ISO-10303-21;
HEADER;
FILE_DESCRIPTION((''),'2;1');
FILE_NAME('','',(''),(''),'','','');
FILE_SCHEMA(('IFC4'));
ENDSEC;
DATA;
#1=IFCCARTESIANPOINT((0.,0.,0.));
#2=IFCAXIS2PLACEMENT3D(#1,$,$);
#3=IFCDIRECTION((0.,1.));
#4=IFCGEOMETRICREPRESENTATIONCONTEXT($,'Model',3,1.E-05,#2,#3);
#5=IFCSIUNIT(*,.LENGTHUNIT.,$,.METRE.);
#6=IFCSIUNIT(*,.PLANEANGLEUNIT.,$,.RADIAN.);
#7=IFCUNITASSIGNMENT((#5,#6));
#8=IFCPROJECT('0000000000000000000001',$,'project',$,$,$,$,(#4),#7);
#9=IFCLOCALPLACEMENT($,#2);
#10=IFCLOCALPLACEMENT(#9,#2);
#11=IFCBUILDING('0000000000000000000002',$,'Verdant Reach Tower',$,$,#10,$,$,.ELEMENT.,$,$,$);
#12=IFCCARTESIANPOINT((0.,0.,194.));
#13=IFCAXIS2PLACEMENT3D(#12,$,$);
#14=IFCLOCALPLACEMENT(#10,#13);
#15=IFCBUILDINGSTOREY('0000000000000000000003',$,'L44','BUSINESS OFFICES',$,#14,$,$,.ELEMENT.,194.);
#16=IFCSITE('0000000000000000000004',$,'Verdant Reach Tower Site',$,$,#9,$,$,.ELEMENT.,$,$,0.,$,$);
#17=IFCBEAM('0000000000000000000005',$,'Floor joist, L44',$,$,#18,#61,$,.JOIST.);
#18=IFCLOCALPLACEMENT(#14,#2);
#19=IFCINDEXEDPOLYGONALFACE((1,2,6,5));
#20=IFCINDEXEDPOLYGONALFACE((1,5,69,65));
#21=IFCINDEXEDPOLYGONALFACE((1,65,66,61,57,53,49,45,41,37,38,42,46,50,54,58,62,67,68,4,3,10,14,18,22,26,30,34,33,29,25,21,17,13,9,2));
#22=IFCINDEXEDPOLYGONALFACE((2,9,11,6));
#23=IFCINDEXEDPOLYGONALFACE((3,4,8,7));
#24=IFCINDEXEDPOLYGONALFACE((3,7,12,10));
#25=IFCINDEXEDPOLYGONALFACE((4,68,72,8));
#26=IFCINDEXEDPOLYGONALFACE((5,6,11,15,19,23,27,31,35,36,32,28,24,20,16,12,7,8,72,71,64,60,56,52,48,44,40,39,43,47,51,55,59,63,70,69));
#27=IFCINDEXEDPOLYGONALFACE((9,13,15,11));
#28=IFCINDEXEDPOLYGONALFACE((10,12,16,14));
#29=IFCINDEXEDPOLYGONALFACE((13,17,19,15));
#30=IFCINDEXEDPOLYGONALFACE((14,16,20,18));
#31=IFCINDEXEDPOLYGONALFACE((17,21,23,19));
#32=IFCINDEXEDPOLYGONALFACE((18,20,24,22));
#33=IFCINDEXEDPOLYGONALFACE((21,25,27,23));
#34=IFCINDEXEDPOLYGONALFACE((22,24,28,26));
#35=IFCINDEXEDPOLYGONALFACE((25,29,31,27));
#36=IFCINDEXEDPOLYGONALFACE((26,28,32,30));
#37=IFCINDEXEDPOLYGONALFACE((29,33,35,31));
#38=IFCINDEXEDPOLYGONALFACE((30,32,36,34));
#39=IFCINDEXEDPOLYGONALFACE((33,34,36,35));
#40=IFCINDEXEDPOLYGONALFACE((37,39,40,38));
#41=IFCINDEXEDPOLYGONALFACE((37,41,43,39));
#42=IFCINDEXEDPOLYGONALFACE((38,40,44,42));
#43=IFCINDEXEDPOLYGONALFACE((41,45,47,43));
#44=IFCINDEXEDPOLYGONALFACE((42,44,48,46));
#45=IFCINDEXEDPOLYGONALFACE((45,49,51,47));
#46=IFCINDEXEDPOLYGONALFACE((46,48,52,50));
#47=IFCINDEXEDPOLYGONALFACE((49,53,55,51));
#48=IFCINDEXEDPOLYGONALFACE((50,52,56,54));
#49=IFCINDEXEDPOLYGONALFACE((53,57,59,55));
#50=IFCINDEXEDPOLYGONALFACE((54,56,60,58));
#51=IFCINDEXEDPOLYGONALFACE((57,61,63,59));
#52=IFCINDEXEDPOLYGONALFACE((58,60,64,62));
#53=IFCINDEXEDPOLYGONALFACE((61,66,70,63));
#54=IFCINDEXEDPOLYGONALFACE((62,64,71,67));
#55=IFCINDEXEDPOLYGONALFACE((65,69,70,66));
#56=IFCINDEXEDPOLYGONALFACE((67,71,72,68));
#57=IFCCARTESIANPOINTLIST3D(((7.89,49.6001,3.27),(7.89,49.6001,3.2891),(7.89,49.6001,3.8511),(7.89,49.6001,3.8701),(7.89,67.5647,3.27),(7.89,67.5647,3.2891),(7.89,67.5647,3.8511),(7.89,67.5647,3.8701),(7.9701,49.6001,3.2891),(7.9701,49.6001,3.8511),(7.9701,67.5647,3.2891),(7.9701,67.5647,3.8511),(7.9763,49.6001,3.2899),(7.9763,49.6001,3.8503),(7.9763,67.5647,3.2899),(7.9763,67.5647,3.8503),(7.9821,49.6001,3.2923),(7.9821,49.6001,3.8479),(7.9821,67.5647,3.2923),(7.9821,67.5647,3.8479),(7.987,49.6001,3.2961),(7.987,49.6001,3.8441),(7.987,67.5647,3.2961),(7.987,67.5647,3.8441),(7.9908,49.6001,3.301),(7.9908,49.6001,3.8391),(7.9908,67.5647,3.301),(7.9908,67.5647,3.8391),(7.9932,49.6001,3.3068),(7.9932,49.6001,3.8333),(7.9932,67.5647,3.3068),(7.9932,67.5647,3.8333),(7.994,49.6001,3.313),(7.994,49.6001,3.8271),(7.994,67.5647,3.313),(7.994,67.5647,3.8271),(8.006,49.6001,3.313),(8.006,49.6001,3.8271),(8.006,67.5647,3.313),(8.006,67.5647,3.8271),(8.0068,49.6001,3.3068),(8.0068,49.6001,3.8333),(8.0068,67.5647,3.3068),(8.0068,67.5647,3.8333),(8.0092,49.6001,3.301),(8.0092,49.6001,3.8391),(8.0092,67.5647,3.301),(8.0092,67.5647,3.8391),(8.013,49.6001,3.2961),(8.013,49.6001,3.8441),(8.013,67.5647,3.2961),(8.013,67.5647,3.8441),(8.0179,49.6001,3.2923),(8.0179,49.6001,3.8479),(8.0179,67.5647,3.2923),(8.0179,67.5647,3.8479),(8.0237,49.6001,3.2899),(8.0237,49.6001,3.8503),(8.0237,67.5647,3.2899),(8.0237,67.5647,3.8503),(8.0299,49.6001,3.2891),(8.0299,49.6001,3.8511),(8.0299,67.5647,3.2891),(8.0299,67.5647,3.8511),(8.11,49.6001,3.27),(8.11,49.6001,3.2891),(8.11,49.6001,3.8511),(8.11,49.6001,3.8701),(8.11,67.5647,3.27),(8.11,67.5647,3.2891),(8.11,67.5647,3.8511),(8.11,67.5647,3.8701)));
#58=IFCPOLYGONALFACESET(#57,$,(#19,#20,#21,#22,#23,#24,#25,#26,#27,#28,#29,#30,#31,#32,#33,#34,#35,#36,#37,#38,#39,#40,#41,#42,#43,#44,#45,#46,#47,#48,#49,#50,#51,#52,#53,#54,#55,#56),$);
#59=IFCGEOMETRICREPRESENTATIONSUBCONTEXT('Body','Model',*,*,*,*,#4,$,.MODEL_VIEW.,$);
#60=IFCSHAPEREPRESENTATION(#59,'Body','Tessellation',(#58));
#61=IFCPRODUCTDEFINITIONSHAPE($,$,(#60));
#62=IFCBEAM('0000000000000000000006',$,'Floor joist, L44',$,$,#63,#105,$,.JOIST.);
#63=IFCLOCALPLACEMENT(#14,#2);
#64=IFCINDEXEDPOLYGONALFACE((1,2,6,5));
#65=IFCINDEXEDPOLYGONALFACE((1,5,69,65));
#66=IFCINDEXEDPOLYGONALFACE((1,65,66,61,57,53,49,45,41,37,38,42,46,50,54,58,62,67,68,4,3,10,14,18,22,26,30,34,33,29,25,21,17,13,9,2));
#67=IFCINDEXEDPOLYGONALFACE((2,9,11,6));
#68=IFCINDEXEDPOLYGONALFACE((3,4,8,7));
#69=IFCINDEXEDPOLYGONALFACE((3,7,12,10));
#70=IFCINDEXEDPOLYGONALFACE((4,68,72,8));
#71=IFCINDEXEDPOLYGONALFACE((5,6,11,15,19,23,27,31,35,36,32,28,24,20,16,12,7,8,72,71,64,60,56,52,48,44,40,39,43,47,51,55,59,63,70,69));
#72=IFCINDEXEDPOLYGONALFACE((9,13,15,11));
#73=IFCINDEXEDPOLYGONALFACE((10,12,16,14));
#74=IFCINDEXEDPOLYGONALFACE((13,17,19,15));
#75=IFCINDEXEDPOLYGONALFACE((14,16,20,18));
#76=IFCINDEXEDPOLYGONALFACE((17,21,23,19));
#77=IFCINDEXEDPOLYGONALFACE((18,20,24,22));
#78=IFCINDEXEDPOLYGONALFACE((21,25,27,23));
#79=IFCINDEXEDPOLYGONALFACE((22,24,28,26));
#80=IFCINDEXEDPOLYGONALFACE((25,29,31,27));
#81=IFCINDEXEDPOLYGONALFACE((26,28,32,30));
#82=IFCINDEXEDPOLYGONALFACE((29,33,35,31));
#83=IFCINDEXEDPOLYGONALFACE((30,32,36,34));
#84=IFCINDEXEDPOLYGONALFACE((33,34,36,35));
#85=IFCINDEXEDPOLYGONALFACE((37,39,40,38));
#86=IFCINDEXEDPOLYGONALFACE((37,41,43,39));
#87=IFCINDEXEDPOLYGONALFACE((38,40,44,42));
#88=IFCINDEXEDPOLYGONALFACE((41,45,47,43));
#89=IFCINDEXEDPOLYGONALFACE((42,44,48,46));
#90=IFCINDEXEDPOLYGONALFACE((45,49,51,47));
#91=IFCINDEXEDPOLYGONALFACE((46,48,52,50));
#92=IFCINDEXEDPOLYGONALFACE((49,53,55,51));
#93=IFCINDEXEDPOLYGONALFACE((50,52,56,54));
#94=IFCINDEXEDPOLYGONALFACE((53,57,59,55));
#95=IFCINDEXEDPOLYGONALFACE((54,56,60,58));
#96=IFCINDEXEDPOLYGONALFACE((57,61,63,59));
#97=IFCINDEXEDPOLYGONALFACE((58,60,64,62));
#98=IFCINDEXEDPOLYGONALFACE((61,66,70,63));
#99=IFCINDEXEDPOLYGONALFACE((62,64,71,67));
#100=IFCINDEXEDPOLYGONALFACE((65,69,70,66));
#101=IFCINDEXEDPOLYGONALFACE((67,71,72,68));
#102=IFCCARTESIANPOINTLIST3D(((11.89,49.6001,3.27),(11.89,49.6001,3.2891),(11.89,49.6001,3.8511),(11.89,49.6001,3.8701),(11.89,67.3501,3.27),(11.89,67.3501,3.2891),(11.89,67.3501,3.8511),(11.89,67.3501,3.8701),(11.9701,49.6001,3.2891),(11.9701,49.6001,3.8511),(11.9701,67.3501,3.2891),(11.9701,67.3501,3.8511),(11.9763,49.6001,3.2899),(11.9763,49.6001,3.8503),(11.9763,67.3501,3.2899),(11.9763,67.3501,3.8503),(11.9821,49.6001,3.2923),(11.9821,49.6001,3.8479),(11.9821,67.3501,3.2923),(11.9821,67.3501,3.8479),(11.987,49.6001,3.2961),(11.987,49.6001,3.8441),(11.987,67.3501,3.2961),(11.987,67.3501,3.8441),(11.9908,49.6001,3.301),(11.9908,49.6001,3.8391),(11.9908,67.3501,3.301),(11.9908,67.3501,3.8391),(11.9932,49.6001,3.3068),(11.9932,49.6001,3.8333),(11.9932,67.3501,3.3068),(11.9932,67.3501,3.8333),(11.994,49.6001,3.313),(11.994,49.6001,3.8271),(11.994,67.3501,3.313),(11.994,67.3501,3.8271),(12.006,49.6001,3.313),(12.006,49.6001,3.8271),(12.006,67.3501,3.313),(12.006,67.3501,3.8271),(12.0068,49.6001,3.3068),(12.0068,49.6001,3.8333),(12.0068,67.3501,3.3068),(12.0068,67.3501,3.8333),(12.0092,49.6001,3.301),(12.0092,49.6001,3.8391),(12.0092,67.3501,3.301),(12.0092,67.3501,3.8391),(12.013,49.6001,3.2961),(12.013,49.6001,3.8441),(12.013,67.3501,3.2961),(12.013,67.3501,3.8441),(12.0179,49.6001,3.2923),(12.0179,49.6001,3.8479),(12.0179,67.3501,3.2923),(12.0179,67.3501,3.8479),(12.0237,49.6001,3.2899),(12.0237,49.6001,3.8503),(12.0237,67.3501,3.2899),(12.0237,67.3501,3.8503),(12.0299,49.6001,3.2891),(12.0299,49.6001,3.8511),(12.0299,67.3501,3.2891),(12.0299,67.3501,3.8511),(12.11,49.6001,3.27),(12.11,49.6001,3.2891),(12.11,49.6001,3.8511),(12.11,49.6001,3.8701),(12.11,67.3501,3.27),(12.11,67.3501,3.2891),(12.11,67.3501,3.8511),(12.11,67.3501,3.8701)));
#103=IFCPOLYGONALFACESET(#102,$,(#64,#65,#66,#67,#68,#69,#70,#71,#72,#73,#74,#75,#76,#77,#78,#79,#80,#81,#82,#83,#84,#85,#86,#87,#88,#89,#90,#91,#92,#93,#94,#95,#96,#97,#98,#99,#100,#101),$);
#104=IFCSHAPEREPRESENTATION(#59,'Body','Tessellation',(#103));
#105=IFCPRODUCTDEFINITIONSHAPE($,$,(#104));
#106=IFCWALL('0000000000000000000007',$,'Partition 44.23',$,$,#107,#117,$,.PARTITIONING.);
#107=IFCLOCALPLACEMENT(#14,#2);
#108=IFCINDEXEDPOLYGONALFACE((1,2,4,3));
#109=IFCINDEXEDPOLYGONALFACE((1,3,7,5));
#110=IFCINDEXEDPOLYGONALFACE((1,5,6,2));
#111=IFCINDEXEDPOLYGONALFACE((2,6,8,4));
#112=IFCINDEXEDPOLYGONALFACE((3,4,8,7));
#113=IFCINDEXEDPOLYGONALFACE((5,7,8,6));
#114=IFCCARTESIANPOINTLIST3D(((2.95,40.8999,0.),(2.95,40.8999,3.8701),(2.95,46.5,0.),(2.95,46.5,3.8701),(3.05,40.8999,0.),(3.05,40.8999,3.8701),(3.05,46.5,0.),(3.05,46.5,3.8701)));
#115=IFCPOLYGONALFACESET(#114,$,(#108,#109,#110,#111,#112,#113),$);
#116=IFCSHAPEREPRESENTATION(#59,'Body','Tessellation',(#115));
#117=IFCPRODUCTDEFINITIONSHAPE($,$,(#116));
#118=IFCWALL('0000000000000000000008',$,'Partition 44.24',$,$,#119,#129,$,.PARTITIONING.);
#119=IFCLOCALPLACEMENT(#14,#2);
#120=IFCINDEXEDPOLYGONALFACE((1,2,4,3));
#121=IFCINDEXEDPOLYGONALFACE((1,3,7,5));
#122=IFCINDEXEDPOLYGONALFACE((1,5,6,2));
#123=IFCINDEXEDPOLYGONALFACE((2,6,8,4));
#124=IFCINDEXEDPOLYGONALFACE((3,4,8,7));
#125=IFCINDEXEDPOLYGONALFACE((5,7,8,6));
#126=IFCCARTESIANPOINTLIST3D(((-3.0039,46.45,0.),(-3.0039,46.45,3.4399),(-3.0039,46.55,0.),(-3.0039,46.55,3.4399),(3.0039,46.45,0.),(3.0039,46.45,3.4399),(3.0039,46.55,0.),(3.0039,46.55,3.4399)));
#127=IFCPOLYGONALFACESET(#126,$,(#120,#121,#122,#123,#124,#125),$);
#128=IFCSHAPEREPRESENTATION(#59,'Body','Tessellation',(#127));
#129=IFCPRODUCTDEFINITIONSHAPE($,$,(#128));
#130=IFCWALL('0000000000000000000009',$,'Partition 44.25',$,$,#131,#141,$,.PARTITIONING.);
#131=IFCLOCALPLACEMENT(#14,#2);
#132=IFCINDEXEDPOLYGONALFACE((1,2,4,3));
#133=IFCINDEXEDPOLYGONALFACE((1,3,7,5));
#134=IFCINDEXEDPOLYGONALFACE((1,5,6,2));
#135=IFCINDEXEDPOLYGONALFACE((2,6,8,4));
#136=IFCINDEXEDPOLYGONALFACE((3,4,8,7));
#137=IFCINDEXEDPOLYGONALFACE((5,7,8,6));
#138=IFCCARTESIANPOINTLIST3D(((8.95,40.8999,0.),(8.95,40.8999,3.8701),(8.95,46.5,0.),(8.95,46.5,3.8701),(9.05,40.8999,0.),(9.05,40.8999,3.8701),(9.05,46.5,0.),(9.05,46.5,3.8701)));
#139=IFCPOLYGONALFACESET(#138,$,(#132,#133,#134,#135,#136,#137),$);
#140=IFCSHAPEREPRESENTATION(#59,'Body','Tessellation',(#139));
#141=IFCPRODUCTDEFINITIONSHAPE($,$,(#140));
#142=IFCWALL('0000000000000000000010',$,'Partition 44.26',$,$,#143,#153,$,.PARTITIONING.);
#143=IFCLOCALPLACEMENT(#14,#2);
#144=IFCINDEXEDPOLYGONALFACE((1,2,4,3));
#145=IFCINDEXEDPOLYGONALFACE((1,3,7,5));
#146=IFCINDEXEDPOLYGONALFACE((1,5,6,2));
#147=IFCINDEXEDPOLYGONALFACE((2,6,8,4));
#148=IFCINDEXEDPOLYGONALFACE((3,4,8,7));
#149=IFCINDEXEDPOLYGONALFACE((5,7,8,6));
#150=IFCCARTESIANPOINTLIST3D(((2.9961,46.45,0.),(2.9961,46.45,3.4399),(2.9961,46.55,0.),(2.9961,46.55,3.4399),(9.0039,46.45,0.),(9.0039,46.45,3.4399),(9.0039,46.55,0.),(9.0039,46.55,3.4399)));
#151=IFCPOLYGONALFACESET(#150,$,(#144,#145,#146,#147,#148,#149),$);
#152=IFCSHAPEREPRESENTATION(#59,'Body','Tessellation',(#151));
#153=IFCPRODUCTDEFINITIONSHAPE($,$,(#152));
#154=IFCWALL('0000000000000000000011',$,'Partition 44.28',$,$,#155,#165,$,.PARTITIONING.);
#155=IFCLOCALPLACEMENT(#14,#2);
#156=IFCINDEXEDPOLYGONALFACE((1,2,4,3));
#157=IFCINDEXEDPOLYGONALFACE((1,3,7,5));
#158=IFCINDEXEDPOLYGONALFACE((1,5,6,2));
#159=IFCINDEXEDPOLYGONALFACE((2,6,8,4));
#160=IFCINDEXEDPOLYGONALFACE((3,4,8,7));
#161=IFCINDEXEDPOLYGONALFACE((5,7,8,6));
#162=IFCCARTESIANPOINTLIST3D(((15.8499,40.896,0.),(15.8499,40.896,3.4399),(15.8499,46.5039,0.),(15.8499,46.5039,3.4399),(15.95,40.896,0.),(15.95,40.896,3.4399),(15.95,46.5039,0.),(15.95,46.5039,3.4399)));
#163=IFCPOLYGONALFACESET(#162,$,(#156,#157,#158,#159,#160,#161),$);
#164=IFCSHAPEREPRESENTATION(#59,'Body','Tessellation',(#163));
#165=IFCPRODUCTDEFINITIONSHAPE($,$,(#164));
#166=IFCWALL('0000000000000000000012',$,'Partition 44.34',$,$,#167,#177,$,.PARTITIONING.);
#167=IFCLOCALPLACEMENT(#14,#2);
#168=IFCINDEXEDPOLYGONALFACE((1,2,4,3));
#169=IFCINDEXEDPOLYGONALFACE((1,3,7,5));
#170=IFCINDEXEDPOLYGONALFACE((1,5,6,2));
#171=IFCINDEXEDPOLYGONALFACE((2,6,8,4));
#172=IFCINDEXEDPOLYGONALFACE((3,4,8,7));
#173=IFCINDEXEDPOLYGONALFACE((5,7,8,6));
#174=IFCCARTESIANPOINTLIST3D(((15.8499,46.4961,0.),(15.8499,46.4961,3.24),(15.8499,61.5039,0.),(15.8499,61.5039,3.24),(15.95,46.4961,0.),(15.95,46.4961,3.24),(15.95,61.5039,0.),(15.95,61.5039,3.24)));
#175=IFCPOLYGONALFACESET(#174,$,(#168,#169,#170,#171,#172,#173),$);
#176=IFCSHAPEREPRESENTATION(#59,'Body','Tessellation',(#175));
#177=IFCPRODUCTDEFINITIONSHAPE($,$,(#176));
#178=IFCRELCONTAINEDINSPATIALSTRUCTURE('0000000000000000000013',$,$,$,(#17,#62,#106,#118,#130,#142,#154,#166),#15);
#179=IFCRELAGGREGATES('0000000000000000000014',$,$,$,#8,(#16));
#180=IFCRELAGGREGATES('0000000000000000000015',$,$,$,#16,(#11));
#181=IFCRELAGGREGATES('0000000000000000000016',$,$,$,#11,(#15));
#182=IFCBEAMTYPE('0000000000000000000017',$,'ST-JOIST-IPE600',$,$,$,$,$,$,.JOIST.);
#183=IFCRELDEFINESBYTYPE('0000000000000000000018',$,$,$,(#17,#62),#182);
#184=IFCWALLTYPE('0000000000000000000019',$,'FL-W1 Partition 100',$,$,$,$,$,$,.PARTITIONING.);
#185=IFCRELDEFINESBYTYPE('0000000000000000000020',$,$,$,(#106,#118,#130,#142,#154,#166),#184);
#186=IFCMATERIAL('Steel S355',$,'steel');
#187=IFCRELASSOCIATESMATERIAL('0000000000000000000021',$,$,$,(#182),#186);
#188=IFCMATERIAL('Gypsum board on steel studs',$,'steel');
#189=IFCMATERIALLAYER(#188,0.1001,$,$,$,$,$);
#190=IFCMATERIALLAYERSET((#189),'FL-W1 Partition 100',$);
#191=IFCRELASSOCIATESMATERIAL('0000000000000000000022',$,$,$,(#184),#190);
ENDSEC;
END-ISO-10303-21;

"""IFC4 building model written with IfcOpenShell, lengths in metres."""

from ifc_helpers import new_model, si_unit, direction, frame, frame_2d, origin, origin_2d, place, context, subcontext, project, spatial, rectangle, i_section, extrude, material, layer, layer_set, material_profile, profile_set, type_object, element, save


model = new_model("IFC4")

# Units and contexts
model_context = context("Model", 3, precision=1e-05, world=origin(), true_north=direction((0.0, 1.0)))
body_context = subcontext(model_context, "Body", "Model", "MODEL_VIEW")
ifc_project = project(units=[si_unit("LENGTHUNIT", "METRE"), si_unit("PLANEANGLEUNIT", "RADIAN")], contexts=[model_context])

# Site, building, storey
site_placement = place(None, origin())
site = spatial("IfcSite", under=ifc_project, at=site_placement, Name="Verdant Reach Tower Site", CompositionType="ELEMENT", RefElevation=0.0)
building_placement = place(site_placement, origin())
building = spatial("IfcBuilding", under=site, at=building_placement, Name="Verdant Reach Tower", CompositionType="ELEMENT")
storey_placement = place(building_placement, frame((0.0, 0.0, 194.0)))
storey = spatial("IfcBuildingStorey", under=building, at=storey_placement, Name="L44", Description="BUSINESS OFFICES", CompositionType="ELEMENT", Elevation=194.0)

# Beams
ifc_material_1 = material(Name="Steel S355", Category="steel")
ifc_material_profile_1 = material_profile(ifc_material_1, i_section(OverallWidth=0.22, OverallDepth=0.6001, WebThickness=0.012, FlangeThickness=0.019, FilletRadius=0.0239, at=origin_2d()), Name="IPE 600")
ifc_profile_set_1 = profile_set([ifc_material_profile_1], Name="Steel S355")
beam_type_1 = type_object("IfcBeamType", Name="ST-JOIST-IPE600", PredefinedType="JOIST", material=ifc_profile_set_1)
beam_1_placement = place(storey_placement, frame((8.0, 49.6001, 3.5701), z_axis=(0.0, 1.0, 0.0), x_axis=(-1.0, 0.0, 0.0)))
element("IfcBeam", 1, at=beam_1_placement, inside=storey, type_object=beam_type_1, Name="Floor joist, L44", PredefinedType="JOIST", context=body_context, shape_type="SweptSolid", body=[
    extrude(i_section(OverallWidth=0.22, OverallDepth=0.6001, WebThickness=0.012, FlangeThickness=0.019, FilletRadius=0.0239, at=origin_2d()), origin(), (0.0, 0.0, 1.0), 17.9646),
])
beam_2_placement = place(storey_placement, frame((12.0, 49.6001, 3.5701), z_axis=(0.0, 1.0, 0.0), x_axis=(-1.0, 0.0, 0.0)))
element("IfcBeam", 2, at=beam_2_placement, inside=storey, type_object=beam_type_1, Name="Floor joist, L44", PredefinedType="JOIST", context=body_context, shape_type="SweptSolid", body=[
    extrude(i_section(OverallWidth=0.22, OverallDepth=0.6001, WebThickness=0.012, FlangeThickness=0.019, FilletRadius=0.0239, at=origin_2d()), origin(), (0.0, 0.0, 1.0), 17.75),
])

# Walls
ifc_material_2 = material(Name="Gypsum board on steel studs", Category="steel")
ifc_layer_1 = layer(ifc_material_2, 0.1001)
ifc_layer_set_1 = layer_set([ifc_layer_1], Name="FL-W1 Partition 100")
wall_type_1 = type_object("IfcWallType", Name="FL-W1 Partition 100", PredefinedType="PARTITIONING", material=ifc_layer_set_1)
wall_1_placement = place(storey_placement, frame((3.0, 40.8999, 0.0), z_axis=(0.0, 0.0, 1.0), x_axis=(0.0, 1.0, 0.0)))
element("IfcWall", 3, at=wall_1_placement, inside=storey, type_object=wall_type_1, Name="Partition 44.23", PredefinedType="PARTITIONING", context=body_context, shape_type="SweptSolid", body=[
    extrude(rectangle(XDim=5.6001, YDim=0.1001, at=frame_2d((2.8, 0.0))), origin(), (0.0, 0.0, 1.0), 3.8701),
])
wall_2_placement = place(storey_placement, frame((3.0039, 46.5, 0.0), z_axis=(0.0, 0.0, 1.0), x_axis=(-1.0, 0.0, 0.0)))
element("IfcWall", 4, at=wall_2_placement, inside=storey, type_object=wall_type_1, Name="Partition 44.24", PredefinedType="PARTITIONING", context=body_context, shape_type="SweptSolid", body=[
    extrude(rectangle(XDim=6.0078, YDim=0.1001, at=frame_2d((3.0039, 0.0))), origin(), (0.0, 0.0, 1.0), 3.4399),
])
wall_3_placement = place(storey_placement, frame((9.0, 40.8999, 0.0), z_axis=(0.0, 0.0, 1.0), x_axis=(0.0, 1.0, 0.0)))
element("IfcWall", 5, at=wall_3_placement, inside=storey, type_object=wall_type_1, Name="Partition 44.25", PredefinedType="PARTITIONING", context=body_context, shape_type="SweptSolid", body=[
    extrude(rectangle(XDim=5.6001, YDim=0.1001, at=frame_2d((2.8, 0.0))), origin(), (0.0, 0.0, 1.0), 3.8701),
])
wall_4_placement = place(storey_placement, frame((9.0039, 46.5, 0.0), z_axis=(0.0, 0.0, 1.0), x_axis=(-1.0, 0.0, 0.0)))
element("IfcWall", 6, at=wall_4_placement, inside=storey, type_object=wall_type_1, Name="Partition 44.26", PredefinedType="PARTITIONING", context=body_context, shape_type="SweptSolid", body=[
    extrude(rectangle(XDim=6.0078, YDim=0.1001, at=frame_2d((3.0039, 0.0))), origin(), (0.0, 0.0, 1.0), 3.4399),
])
wall_5_placement = place(storey_placement, frame((15.8999, 40.896, 0.0), z_axis=(0.0, 0.0, 1.0), x_axis=(0.0, 1.0, 0.0)))
element("IfcWall", 7, at=wall_5_placement, inside=storey, type_object=wall_type_1, Name="Partition 44.28", PredefinedType="PARTITIONING", context=body_context, shape_type="SweptSolid", body=[
    extrude(rectangle(XDim=5.6079, YDim=0.1001, at=frame_2d((2.804, 0.0))), origin(), (0.0, 0.0, 1.0), 3.4399),
])
wall_6_placement = place(storey_placement, frame((15.8999, 46.4961, 0.0), z_axis=(0.0, 0.0, 1.0), x_axis=(0.0, 1.0, 0.0)))
element("IfcWall", 8, at=wall_6_placement, inside=storey, type_object=wall_type_1, Name="Partition 44.34", PredefinedType="PARTITIONING", context=body_context, shape_type="SweptSolid", body=[
    extrude(rectangle(XDim=15.0078, YDim=0.1001, at=frame_2d((7.5039, 0.0))), origin(), (0.0, 0.0, 1.0), 3.24),
])

save(model, "model.ifc")
